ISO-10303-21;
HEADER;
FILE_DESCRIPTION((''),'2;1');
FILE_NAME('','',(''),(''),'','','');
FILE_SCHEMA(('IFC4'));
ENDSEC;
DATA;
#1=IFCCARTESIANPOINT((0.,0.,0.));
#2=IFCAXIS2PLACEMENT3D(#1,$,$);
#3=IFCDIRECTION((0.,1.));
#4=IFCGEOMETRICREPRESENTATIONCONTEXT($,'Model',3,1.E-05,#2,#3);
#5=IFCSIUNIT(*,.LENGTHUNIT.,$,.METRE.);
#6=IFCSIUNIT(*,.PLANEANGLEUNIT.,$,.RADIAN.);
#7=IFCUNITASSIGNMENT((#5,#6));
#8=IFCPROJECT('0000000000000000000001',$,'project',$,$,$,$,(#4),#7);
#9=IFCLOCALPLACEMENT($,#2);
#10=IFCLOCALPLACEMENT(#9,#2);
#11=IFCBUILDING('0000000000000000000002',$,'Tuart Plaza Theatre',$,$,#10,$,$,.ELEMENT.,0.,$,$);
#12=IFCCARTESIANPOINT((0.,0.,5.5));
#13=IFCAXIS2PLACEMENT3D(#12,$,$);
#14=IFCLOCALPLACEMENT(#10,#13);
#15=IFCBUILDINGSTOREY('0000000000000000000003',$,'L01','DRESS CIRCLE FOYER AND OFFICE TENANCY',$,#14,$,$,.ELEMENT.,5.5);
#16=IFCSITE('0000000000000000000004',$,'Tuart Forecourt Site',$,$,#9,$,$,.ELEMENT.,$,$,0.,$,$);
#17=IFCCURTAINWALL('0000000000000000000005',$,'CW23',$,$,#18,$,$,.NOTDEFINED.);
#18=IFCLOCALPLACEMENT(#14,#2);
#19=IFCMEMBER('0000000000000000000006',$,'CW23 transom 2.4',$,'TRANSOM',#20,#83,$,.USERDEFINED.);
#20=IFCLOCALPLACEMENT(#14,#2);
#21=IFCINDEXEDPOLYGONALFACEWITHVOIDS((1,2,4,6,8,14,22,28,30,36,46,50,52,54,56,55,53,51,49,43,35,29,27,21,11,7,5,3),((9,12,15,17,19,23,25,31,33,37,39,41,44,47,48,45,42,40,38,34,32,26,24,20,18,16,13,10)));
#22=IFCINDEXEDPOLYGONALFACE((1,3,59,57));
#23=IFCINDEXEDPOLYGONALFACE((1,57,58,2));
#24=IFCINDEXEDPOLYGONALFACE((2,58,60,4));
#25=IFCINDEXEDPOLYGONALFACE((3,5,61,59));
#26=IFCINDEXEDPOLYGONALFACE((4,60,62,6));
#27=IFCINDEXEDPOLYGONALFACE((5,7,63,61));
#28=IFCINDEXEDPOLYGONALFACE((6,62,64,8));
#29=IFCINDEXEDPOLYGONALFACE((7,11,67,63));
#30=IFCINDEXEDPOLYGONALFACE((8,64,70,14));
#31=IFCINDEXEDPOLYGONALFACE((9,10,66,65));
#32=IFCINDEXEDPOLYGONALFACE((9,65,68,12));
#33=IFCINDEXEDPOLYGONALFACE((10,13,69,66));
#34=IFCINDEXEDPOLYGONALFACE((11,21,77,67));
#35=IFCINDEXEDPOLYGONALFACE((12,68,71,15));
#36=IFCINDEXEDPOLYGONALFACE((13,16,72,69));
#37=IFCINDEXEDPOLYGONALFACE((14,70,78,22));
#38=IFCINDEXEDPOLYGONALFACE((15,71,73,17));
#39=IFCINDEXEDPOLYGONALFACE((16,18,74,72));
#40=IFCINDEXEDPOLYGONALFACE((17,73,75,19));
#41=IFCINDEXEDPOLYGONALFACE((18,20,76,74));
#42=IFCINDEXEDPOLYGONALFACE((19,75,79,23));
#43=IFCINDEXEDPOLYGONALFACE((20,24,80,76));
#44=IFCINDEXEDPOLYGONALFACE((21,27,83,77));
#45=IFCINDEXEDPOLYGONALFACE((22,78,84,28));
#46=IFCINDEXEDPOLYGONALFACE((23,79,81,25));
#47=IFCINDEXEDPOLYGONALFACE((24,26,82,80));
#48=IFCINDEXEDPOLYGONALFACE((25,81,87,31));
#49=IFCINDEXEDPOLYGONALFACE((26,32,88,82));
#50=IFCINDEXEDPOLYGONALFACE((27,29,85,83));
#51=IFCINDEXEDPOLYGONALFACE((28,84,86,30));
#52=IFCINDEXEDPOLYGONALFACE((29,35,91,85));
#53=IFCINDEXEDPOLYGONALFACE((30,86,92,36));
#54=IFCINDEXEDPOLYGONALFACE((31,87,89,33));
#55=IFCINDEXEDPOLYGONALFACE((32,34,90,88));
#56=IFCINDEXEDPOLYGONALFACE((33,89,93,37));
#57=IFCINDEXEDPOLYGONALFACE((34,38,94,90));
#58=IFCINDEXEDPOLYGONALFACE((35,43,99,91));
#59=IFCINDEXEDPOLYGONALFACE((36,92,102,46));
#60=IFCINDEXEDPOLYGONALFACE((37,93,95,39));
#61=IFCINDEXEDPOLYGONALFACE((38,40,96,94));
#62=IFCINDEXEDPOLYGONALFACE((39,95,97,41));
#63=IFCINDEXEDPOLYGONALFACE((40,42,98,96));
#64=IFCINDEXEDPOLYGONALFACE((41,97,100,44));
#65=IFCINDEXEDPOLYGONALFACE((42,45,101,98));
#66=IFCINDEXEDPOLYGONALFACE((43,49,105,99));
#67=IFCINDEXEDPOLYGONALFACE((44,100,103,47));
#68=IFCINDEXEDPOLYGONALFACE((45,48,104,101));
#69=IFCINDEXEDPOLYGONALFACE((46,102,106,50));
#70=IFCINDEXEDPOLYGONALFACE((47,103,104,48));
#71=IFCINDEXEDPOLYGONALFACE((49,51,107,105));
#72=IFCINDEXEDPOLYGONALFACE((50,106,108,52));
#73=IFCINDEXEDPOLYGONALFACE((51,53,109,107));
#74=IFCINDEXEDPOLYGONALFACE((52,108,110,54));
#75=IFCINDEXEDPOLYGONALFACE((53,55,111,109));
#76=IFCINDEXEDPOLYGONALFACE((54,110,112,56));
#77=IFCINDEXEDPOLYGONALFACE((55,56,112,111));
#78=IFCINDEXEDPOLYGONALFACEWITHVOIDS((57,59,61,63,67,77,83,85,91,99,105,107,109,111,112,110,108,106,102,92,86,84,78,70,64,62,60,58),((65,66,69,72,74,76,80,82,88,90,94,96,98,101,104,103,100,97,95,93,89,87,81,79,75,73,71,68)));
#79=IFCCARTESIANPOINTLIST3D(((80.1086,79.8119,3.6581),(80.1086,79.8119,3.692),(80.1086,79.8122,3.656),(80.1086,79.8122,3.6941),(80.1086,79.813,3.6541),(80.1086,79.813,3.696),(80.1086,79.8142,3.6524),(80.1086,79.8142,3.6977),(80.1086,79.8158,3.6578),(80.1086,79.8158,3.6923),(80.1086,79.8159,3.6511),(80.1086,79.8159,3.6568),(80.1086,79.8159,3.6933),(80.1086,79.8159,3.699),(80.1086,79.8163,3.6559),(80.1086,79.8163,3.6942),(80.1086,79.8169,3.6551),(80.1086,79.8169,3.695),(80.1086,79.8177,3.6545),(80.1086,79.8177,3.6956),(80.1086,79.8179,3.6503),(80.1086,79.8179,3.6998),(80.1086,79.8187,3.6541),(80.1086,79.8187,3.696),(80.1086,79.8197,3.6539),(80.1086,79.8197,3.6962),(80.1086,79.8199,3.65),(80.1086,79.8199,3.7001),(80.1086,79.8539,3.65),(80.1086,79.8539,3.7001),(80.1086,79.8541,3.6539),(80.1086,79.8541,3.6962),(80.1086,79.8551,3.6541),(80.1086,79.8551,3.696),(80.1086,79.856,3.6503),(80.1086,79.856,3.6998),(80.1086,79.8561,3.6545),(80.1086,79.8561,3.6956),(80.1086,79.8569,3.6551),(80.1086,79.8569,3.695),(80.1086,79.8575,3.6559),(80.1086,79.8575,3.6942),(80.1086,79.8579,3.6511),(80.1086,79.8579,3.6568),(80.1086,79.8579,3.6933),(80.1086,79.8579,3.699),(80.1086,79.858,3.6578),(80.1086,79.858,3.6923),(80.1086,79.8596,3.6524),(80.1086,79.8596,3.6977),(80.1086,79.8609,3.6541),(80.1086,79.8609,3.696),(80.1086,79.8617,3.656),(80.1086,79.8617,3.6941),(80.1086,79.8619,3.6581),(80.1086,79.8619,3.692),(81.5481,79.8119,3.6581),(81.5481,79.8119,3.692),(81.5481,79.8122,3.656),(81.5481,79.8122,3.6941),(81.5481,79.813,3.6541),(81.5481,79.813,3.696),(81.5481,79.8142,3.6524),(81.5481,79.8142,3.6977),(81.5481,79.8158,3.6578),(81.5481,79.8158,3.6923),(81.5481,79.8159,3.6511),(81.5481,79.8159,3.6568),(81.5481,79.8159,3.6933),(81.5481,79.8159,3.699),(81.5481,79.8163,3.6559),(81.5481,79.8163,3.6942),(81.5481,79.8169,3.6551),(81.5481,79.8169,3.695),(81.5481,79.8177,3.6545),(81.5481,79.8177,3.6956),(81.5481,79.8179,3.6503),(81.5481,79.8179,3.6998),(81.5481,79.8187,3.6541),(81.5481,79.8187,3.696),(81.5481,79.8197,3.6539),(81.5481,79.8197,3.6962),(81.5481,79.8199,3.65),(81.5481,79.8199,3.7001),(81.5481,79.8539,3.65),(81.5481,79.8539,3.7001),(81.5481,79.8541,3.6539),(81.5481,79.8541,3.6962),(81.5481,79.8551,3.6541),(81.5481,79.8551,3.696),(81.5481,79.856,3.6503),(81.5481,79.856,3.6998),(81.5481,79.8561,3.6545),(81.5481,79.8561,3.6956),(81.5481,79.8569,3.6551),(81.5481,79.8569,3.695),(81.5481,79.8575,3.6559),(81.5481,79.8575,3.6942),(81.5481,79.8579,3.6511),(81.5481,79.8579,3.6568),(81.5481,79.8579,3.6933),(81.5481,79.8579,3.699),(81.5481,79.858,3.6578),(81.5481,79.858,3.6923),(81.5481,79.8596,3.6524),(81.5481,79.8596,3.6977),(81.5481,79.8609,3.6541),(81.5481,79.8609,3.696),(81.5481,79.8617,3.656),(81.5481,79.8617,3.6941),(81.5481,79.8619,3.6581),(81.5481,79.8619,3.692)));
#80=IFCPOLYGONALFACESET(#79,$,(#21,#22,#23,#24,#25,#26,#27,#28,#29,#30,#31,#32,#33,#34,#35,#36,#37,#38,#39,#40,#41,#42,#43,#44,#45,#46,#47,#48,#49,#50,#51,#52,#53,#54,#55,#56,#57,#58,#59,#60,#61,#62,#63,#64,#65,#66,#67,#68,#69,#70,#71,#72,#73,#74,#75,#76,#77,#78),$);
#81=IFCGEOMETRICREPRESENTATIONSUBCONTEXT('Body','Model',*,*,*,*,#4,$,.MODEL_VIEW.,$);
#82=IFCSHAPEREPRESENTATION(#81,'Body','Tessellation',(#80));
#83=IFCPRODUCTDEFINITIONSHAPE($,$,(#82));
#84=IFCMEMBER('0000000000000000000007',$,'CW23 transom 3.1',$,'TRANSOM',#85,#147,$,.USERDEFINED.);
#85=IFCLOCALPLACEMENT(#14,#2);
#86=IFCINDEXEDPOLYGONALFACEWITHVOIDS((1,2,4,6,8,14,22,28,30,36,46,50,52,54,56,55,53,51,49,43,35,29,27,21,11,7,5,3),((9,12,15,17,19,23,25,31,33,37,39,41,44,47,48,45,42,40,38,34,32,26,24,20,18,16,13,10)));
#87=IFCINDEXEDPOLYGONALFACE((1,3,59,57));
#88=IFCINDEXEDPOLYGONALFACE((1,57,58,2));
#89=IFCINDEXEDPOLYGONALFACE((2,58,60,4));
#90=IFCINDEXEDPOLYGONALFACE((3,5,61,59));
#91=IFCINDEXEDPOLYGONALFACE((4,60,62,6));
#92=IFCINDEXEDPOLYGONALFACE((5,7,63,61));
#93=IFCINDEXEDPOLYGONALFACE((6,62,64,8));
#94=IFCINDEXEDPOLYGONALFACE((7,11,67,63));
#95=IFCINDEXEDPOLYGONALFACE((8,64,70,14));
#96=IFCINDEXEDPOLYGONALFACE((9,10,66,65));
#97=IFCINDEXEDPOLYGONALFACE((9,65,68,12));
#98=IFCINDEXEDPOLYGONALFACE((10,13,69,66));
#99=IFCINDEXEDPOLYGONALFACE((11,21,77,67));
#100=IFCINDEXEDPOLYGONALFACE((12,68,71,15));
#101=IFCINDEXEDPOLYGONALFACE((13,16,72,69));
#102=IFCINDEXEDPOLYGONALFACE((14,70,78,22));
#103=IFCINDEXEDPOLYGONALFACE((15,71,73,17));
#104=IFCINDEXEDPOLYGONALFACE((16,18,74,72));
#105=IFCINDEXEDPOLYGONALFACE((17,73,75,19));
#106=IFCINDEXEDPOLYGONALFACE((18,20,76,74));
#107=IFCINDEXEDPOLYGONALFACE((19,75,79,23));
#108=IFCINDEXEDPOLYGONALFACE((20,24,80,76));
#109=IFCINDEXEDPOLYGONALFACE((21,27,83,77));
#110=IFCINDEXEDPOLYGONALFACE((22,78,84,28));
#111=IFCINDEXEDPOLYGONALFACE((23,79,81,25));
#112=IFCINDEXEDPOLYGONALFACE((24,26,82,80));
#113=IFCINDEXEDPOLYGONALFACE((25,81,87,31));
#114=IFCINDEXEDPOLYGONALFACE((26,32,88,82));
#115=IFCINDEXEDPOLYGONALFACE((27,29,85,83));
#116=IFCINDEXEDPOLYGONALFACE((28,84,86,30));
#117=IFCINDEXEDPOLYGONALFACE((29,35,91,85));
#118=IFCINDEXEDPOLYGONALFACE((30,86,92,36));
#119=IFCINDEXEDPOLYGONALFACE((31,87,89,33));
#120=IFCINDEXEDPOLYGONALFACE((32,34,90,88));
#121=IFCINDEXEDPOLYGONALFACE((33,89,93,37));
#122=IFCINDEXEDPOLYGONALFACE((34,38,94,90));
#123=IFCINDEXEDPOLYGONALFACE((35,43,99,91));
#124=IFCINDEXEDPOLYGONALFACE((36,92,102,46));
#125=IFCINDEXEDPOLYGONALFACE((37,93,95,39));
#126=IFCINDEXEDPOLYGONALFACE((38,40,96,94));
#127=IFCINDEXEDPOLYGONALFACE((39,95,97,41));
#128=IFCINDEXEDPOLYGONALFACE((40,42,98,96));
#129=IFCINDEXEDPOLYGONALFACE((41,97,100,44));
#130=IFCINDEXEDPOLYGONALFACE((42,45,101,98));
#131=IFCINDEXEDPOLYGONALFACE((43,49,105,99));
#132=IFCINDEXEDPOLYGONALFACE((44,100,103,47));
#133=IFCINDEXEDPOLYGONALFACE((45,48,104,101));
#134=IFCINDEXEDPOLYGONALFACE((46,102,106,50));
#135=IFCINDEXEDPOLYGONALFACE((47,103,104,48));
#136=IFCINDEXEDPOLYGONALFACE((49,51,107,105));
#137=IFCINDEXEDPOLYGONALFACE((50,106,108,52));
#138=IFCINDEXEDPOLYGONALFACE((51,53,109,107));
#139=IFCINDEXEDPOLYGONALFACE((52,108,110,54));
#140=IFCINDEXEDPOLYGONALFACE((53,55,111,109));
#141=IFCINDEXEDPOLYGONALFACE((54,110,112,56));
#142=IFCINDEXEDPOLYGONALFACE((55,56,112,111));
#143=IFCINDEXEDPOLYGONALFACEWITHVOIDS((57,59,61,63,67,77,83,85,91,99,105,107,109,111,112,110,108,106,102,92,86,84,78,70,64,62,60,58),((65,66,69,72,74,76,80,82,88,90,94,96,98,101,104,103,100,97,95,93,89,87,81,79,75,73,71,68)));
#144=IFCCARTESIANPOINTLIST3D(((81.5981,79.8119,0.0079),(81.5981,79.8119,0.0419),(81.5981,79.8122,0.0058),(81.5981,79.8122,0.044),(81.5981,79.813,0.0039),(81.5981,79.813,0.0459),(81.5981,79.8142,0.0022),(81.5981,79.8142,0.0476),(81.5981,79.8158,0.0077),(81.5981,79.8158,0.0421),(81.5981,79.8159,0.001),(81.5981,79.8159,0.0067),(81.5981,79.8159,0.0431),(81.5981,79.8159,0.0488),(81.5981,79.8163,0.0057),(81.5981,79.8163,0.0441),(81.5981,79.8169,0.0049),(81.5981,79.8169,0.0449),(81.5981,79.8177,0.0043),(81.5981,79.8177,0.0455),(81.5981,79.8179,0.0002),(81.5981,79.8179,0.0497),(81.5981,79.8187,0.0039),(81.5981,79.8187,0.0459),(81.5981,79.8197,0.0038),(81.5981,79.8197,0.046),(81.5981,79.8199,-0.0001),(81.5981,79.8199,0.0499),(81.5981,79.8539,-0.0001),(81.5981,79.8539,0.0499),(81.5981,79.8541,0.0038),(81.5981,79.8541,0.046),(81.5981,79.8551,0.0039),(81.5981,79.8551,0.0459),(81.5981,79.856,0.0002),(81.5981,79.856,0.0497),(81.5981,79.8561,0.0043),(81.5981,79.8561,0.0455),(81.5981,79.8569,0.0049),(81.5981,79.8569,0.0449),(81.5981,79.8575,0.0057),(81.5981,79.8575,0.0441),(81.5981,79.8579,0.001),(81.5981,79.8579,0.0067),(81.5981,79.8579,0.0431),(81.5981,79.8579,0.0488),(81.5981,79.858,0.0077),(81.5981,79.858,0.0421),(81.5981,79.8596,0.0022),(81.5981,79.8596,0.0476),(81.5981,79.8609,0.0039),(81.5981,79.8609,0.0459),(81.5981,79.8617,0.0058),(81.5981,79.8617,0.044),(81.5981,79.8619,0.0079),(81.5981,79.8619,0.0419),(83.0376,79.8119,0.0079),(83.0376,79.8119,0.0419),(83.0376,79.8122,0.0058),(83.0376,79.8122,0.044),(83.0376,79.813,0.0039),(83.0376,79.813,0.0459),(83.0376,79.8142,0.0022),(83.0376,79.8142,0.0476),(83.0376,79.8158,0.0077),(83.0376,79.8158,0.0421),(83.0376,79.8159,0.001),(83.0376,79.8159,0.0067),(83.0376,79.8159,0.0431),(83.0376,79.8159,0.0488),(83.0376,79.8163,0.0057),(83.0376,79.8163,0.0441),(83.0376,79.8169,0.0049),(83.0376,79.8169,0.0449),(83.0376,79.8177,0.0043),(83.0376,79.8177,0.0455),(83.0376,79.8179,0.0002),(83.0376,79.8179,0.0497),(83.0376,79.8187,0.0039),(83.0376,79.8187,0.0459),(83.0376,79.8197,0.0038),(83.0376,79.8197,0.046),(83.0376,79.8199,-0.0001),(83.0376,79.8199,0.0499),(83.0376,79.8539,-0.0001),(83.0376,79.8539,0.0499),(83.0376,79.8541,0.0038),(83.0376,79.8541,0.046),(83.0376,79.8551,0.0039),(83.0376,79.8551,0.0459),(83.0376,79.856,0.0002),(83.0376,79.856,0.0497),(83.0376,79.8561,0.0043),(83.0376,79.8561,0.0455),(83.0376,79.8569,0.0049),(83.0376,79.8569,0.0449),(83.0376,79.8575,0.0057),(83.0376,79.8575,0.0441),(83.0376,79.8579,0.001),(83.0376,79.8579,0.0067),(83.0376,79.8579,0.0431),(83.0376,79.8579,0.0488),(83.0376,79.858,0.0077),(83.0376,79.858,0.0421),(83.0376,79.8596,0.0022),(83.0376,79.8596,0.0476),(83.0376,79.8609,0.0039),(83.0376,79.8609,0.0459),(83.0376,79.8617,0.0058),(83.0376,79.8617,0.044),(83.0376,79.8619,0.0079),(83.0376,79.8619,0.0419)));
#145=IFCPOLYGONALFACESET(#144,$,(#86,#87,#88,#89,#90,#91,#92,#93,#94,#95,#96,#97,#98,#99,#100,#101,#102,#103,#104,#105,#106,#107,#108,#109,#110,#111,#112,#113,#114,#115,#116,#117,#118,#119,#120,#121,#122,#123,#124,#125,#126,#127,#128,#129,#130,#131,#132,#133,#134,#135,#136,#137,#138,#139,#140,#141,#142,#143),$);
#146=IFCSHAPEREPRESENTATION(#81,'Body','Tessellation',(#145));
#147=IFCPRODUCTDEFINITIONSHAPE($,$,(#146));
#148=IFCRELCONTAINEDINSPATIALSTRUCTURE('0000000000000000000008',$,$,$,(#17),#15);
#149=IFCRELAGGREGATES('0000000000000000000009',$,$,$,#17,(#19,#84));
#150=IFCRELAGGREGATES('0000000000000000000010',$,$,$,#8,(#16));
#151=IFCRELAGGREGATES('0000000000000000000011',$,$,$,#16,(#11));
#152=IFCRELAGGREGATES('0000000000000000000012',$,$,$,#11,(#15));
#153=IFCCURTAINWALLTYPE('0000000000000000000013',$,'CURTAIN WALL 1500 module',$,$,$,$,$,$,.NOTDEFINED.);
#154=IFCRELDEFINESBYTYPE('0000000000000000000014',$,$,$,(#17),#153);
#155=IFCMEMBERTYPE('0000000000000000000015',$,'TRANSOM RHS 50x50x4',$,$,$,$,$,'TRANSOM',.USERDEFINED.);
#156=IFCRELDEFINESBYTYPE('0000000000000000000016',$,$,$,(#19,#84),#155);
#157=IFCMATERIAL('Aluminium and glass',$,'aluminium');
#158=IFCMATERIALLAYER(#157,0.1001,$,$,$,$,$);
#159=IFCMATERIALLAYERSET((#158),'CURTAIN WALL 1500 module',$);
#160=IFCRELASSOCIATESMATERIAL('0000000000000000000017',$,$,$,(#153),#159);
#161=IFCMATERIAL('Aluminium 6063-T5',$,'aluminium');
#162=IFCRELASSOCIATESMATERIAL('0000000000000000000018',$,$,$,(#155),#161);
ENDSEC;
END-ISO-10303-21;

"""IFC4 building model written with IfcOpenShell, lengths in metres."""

from ifc_helpers import new_model, si_unit, direction, frame, origin, origin_2d, place, context, subcontext, project, spatial, hollow_rectangle, extrude, material, layer, layer_set, material_profile, profile_set, type_object, element, aggregate, save


model = new_model("IFC4")

# Units and contexts
model_context = context("Model", 3, precision=1e-05, world=origin(), true_north=direction((0.0, 1.0)))
body_context = subcontext(model_context, "Body", "Model", "MODEL_VIEW")
ifc_project = project(units=[si_unit("LENGTHUNIT", "METRE"), si_unit("PLANEANGLEUNIT", "RADIAN")], contexts=[model_context])

# Site, building, storey
site_placement = place(None, origin())
site = spatial("IfcSite", under=ifc_project, at=site_placement, Name="Tuart Forecourt Site", CompositionType="ELEMENT", RefElevation=0.0)
building_placement = place(site_placement, origin())
building = spatial("IfcBuilding", under=site, at=building_placement, Name="Tuart Plaza Theatre", CompositionType="ELEMENT", ElevationOfRefHeight=0.0)
storey_placement = place(building_placement, frame((0.0, 0.0, 5.5)))
storey = spatial("IfcBuildingStorey", under=building, at=storey_placement, Name="L01", Description="DRESS CIRCLE FOYER AND OFFICE TENANCY", CompositionType="ELEMENT", Elevation=5.5)

# Curtain wall, members
ifc_material_1 = material(Name="Aluminium and glass", Category="aluminium")
ifc_layer_1 = layer(ifc_material_1, 0.1001)
ifc_layer_set_1 = layer_set([ifc_layer_1], Name="CURTAIN WALL 1500 module")
curtain_wall_type = type_object("IfcCurtainWallType", Name="CURTAIN WALL 1500 module", PredefinedType="NOTDEFINED", material=ifc_layer_set_1)
curtain_wall_placement = place(storey_placement, origin())
curtain_wall = element("IfcCurtainWall", 1, at=curtain_wall_placement, inside=storey, type_object=curtain_wall_type, Name="CW23", PredefinedType="NOTDEFINED")
ifc_material_2 = material(Name="Aluminium 6063-T5", Category="aluminium")
ifc_material_profile_1 = material_profile(ifc_material_2, hollow_rectangle(XDim=0.05, YDim=0.05, WallThickness=0.0039, InnerFilletRadius=0.0039, OuterFilletRadius=0.0081, at=origin_2d()), Name="RHS 50x50x4")
ifc_profile_set_1 = profile_set([ifc_material_profile_1], Name="Aluminium 6063-T5")
member_type_1 = type_object("IfcMemberType", Name="TRANSOM RHS 50x50x4", ElementType="TRANSOM", PredefinedType="USERDEFINED", material=ifc_profile_set_1)
member_1_placement = place(storey_placement, frame((80.1086, 79.8369, 3.675), z_axis=(1.0, 0.0, 0.0), x_axis=(0.0, 1.0, 0.0)))
member_1 = element("IfcMember", 2, at=member_1_placement, type_object=member_type_1, Name="CW23 transom 2.4", ObjectType="TRANSOM", PredefinedType="USERDEFINED", context=body_context, shape_type="SweptSolid", body=[
    extrude(hollow_rectangle(XDim=0.05, YDim=0.05, WallThickness=0.0039, InnerFilletRadius=0.0039, OuterFilletRadius=0.0081, at=origin_2d()), origin(), (0.0, 0.0, 1.0), 1.4395),
])
member_2_placement = place(storey_placement, frame((81.5981, 79.8369, 0.0249), z_axis=(1.0, 0.0, 0.0), x_axis=(0.0, 1.0, 0.0)))
member_2 = element("IfcMember", 3, at=member_2_placement, type_object=member_type_1, Name="CW23 transom 3.1", ObjectType="TRANSOM", PredefinedType="USERDEFINED", context=body_context, shape_type="SweptSolid", body=[
    extrude(hollow_rectangle(XDim=0.05, YDim=0.05, WallThickness=0.0039, InnerFilletRadius=0.0039, OuterFilletRadius=0.0081, at=origin_2d()), origin(), (0.0, 0.0, 1.0), 1.4395),
])
aggregate(curtain_wall, [member_1, member_2])

save(model, "model.ifc")
